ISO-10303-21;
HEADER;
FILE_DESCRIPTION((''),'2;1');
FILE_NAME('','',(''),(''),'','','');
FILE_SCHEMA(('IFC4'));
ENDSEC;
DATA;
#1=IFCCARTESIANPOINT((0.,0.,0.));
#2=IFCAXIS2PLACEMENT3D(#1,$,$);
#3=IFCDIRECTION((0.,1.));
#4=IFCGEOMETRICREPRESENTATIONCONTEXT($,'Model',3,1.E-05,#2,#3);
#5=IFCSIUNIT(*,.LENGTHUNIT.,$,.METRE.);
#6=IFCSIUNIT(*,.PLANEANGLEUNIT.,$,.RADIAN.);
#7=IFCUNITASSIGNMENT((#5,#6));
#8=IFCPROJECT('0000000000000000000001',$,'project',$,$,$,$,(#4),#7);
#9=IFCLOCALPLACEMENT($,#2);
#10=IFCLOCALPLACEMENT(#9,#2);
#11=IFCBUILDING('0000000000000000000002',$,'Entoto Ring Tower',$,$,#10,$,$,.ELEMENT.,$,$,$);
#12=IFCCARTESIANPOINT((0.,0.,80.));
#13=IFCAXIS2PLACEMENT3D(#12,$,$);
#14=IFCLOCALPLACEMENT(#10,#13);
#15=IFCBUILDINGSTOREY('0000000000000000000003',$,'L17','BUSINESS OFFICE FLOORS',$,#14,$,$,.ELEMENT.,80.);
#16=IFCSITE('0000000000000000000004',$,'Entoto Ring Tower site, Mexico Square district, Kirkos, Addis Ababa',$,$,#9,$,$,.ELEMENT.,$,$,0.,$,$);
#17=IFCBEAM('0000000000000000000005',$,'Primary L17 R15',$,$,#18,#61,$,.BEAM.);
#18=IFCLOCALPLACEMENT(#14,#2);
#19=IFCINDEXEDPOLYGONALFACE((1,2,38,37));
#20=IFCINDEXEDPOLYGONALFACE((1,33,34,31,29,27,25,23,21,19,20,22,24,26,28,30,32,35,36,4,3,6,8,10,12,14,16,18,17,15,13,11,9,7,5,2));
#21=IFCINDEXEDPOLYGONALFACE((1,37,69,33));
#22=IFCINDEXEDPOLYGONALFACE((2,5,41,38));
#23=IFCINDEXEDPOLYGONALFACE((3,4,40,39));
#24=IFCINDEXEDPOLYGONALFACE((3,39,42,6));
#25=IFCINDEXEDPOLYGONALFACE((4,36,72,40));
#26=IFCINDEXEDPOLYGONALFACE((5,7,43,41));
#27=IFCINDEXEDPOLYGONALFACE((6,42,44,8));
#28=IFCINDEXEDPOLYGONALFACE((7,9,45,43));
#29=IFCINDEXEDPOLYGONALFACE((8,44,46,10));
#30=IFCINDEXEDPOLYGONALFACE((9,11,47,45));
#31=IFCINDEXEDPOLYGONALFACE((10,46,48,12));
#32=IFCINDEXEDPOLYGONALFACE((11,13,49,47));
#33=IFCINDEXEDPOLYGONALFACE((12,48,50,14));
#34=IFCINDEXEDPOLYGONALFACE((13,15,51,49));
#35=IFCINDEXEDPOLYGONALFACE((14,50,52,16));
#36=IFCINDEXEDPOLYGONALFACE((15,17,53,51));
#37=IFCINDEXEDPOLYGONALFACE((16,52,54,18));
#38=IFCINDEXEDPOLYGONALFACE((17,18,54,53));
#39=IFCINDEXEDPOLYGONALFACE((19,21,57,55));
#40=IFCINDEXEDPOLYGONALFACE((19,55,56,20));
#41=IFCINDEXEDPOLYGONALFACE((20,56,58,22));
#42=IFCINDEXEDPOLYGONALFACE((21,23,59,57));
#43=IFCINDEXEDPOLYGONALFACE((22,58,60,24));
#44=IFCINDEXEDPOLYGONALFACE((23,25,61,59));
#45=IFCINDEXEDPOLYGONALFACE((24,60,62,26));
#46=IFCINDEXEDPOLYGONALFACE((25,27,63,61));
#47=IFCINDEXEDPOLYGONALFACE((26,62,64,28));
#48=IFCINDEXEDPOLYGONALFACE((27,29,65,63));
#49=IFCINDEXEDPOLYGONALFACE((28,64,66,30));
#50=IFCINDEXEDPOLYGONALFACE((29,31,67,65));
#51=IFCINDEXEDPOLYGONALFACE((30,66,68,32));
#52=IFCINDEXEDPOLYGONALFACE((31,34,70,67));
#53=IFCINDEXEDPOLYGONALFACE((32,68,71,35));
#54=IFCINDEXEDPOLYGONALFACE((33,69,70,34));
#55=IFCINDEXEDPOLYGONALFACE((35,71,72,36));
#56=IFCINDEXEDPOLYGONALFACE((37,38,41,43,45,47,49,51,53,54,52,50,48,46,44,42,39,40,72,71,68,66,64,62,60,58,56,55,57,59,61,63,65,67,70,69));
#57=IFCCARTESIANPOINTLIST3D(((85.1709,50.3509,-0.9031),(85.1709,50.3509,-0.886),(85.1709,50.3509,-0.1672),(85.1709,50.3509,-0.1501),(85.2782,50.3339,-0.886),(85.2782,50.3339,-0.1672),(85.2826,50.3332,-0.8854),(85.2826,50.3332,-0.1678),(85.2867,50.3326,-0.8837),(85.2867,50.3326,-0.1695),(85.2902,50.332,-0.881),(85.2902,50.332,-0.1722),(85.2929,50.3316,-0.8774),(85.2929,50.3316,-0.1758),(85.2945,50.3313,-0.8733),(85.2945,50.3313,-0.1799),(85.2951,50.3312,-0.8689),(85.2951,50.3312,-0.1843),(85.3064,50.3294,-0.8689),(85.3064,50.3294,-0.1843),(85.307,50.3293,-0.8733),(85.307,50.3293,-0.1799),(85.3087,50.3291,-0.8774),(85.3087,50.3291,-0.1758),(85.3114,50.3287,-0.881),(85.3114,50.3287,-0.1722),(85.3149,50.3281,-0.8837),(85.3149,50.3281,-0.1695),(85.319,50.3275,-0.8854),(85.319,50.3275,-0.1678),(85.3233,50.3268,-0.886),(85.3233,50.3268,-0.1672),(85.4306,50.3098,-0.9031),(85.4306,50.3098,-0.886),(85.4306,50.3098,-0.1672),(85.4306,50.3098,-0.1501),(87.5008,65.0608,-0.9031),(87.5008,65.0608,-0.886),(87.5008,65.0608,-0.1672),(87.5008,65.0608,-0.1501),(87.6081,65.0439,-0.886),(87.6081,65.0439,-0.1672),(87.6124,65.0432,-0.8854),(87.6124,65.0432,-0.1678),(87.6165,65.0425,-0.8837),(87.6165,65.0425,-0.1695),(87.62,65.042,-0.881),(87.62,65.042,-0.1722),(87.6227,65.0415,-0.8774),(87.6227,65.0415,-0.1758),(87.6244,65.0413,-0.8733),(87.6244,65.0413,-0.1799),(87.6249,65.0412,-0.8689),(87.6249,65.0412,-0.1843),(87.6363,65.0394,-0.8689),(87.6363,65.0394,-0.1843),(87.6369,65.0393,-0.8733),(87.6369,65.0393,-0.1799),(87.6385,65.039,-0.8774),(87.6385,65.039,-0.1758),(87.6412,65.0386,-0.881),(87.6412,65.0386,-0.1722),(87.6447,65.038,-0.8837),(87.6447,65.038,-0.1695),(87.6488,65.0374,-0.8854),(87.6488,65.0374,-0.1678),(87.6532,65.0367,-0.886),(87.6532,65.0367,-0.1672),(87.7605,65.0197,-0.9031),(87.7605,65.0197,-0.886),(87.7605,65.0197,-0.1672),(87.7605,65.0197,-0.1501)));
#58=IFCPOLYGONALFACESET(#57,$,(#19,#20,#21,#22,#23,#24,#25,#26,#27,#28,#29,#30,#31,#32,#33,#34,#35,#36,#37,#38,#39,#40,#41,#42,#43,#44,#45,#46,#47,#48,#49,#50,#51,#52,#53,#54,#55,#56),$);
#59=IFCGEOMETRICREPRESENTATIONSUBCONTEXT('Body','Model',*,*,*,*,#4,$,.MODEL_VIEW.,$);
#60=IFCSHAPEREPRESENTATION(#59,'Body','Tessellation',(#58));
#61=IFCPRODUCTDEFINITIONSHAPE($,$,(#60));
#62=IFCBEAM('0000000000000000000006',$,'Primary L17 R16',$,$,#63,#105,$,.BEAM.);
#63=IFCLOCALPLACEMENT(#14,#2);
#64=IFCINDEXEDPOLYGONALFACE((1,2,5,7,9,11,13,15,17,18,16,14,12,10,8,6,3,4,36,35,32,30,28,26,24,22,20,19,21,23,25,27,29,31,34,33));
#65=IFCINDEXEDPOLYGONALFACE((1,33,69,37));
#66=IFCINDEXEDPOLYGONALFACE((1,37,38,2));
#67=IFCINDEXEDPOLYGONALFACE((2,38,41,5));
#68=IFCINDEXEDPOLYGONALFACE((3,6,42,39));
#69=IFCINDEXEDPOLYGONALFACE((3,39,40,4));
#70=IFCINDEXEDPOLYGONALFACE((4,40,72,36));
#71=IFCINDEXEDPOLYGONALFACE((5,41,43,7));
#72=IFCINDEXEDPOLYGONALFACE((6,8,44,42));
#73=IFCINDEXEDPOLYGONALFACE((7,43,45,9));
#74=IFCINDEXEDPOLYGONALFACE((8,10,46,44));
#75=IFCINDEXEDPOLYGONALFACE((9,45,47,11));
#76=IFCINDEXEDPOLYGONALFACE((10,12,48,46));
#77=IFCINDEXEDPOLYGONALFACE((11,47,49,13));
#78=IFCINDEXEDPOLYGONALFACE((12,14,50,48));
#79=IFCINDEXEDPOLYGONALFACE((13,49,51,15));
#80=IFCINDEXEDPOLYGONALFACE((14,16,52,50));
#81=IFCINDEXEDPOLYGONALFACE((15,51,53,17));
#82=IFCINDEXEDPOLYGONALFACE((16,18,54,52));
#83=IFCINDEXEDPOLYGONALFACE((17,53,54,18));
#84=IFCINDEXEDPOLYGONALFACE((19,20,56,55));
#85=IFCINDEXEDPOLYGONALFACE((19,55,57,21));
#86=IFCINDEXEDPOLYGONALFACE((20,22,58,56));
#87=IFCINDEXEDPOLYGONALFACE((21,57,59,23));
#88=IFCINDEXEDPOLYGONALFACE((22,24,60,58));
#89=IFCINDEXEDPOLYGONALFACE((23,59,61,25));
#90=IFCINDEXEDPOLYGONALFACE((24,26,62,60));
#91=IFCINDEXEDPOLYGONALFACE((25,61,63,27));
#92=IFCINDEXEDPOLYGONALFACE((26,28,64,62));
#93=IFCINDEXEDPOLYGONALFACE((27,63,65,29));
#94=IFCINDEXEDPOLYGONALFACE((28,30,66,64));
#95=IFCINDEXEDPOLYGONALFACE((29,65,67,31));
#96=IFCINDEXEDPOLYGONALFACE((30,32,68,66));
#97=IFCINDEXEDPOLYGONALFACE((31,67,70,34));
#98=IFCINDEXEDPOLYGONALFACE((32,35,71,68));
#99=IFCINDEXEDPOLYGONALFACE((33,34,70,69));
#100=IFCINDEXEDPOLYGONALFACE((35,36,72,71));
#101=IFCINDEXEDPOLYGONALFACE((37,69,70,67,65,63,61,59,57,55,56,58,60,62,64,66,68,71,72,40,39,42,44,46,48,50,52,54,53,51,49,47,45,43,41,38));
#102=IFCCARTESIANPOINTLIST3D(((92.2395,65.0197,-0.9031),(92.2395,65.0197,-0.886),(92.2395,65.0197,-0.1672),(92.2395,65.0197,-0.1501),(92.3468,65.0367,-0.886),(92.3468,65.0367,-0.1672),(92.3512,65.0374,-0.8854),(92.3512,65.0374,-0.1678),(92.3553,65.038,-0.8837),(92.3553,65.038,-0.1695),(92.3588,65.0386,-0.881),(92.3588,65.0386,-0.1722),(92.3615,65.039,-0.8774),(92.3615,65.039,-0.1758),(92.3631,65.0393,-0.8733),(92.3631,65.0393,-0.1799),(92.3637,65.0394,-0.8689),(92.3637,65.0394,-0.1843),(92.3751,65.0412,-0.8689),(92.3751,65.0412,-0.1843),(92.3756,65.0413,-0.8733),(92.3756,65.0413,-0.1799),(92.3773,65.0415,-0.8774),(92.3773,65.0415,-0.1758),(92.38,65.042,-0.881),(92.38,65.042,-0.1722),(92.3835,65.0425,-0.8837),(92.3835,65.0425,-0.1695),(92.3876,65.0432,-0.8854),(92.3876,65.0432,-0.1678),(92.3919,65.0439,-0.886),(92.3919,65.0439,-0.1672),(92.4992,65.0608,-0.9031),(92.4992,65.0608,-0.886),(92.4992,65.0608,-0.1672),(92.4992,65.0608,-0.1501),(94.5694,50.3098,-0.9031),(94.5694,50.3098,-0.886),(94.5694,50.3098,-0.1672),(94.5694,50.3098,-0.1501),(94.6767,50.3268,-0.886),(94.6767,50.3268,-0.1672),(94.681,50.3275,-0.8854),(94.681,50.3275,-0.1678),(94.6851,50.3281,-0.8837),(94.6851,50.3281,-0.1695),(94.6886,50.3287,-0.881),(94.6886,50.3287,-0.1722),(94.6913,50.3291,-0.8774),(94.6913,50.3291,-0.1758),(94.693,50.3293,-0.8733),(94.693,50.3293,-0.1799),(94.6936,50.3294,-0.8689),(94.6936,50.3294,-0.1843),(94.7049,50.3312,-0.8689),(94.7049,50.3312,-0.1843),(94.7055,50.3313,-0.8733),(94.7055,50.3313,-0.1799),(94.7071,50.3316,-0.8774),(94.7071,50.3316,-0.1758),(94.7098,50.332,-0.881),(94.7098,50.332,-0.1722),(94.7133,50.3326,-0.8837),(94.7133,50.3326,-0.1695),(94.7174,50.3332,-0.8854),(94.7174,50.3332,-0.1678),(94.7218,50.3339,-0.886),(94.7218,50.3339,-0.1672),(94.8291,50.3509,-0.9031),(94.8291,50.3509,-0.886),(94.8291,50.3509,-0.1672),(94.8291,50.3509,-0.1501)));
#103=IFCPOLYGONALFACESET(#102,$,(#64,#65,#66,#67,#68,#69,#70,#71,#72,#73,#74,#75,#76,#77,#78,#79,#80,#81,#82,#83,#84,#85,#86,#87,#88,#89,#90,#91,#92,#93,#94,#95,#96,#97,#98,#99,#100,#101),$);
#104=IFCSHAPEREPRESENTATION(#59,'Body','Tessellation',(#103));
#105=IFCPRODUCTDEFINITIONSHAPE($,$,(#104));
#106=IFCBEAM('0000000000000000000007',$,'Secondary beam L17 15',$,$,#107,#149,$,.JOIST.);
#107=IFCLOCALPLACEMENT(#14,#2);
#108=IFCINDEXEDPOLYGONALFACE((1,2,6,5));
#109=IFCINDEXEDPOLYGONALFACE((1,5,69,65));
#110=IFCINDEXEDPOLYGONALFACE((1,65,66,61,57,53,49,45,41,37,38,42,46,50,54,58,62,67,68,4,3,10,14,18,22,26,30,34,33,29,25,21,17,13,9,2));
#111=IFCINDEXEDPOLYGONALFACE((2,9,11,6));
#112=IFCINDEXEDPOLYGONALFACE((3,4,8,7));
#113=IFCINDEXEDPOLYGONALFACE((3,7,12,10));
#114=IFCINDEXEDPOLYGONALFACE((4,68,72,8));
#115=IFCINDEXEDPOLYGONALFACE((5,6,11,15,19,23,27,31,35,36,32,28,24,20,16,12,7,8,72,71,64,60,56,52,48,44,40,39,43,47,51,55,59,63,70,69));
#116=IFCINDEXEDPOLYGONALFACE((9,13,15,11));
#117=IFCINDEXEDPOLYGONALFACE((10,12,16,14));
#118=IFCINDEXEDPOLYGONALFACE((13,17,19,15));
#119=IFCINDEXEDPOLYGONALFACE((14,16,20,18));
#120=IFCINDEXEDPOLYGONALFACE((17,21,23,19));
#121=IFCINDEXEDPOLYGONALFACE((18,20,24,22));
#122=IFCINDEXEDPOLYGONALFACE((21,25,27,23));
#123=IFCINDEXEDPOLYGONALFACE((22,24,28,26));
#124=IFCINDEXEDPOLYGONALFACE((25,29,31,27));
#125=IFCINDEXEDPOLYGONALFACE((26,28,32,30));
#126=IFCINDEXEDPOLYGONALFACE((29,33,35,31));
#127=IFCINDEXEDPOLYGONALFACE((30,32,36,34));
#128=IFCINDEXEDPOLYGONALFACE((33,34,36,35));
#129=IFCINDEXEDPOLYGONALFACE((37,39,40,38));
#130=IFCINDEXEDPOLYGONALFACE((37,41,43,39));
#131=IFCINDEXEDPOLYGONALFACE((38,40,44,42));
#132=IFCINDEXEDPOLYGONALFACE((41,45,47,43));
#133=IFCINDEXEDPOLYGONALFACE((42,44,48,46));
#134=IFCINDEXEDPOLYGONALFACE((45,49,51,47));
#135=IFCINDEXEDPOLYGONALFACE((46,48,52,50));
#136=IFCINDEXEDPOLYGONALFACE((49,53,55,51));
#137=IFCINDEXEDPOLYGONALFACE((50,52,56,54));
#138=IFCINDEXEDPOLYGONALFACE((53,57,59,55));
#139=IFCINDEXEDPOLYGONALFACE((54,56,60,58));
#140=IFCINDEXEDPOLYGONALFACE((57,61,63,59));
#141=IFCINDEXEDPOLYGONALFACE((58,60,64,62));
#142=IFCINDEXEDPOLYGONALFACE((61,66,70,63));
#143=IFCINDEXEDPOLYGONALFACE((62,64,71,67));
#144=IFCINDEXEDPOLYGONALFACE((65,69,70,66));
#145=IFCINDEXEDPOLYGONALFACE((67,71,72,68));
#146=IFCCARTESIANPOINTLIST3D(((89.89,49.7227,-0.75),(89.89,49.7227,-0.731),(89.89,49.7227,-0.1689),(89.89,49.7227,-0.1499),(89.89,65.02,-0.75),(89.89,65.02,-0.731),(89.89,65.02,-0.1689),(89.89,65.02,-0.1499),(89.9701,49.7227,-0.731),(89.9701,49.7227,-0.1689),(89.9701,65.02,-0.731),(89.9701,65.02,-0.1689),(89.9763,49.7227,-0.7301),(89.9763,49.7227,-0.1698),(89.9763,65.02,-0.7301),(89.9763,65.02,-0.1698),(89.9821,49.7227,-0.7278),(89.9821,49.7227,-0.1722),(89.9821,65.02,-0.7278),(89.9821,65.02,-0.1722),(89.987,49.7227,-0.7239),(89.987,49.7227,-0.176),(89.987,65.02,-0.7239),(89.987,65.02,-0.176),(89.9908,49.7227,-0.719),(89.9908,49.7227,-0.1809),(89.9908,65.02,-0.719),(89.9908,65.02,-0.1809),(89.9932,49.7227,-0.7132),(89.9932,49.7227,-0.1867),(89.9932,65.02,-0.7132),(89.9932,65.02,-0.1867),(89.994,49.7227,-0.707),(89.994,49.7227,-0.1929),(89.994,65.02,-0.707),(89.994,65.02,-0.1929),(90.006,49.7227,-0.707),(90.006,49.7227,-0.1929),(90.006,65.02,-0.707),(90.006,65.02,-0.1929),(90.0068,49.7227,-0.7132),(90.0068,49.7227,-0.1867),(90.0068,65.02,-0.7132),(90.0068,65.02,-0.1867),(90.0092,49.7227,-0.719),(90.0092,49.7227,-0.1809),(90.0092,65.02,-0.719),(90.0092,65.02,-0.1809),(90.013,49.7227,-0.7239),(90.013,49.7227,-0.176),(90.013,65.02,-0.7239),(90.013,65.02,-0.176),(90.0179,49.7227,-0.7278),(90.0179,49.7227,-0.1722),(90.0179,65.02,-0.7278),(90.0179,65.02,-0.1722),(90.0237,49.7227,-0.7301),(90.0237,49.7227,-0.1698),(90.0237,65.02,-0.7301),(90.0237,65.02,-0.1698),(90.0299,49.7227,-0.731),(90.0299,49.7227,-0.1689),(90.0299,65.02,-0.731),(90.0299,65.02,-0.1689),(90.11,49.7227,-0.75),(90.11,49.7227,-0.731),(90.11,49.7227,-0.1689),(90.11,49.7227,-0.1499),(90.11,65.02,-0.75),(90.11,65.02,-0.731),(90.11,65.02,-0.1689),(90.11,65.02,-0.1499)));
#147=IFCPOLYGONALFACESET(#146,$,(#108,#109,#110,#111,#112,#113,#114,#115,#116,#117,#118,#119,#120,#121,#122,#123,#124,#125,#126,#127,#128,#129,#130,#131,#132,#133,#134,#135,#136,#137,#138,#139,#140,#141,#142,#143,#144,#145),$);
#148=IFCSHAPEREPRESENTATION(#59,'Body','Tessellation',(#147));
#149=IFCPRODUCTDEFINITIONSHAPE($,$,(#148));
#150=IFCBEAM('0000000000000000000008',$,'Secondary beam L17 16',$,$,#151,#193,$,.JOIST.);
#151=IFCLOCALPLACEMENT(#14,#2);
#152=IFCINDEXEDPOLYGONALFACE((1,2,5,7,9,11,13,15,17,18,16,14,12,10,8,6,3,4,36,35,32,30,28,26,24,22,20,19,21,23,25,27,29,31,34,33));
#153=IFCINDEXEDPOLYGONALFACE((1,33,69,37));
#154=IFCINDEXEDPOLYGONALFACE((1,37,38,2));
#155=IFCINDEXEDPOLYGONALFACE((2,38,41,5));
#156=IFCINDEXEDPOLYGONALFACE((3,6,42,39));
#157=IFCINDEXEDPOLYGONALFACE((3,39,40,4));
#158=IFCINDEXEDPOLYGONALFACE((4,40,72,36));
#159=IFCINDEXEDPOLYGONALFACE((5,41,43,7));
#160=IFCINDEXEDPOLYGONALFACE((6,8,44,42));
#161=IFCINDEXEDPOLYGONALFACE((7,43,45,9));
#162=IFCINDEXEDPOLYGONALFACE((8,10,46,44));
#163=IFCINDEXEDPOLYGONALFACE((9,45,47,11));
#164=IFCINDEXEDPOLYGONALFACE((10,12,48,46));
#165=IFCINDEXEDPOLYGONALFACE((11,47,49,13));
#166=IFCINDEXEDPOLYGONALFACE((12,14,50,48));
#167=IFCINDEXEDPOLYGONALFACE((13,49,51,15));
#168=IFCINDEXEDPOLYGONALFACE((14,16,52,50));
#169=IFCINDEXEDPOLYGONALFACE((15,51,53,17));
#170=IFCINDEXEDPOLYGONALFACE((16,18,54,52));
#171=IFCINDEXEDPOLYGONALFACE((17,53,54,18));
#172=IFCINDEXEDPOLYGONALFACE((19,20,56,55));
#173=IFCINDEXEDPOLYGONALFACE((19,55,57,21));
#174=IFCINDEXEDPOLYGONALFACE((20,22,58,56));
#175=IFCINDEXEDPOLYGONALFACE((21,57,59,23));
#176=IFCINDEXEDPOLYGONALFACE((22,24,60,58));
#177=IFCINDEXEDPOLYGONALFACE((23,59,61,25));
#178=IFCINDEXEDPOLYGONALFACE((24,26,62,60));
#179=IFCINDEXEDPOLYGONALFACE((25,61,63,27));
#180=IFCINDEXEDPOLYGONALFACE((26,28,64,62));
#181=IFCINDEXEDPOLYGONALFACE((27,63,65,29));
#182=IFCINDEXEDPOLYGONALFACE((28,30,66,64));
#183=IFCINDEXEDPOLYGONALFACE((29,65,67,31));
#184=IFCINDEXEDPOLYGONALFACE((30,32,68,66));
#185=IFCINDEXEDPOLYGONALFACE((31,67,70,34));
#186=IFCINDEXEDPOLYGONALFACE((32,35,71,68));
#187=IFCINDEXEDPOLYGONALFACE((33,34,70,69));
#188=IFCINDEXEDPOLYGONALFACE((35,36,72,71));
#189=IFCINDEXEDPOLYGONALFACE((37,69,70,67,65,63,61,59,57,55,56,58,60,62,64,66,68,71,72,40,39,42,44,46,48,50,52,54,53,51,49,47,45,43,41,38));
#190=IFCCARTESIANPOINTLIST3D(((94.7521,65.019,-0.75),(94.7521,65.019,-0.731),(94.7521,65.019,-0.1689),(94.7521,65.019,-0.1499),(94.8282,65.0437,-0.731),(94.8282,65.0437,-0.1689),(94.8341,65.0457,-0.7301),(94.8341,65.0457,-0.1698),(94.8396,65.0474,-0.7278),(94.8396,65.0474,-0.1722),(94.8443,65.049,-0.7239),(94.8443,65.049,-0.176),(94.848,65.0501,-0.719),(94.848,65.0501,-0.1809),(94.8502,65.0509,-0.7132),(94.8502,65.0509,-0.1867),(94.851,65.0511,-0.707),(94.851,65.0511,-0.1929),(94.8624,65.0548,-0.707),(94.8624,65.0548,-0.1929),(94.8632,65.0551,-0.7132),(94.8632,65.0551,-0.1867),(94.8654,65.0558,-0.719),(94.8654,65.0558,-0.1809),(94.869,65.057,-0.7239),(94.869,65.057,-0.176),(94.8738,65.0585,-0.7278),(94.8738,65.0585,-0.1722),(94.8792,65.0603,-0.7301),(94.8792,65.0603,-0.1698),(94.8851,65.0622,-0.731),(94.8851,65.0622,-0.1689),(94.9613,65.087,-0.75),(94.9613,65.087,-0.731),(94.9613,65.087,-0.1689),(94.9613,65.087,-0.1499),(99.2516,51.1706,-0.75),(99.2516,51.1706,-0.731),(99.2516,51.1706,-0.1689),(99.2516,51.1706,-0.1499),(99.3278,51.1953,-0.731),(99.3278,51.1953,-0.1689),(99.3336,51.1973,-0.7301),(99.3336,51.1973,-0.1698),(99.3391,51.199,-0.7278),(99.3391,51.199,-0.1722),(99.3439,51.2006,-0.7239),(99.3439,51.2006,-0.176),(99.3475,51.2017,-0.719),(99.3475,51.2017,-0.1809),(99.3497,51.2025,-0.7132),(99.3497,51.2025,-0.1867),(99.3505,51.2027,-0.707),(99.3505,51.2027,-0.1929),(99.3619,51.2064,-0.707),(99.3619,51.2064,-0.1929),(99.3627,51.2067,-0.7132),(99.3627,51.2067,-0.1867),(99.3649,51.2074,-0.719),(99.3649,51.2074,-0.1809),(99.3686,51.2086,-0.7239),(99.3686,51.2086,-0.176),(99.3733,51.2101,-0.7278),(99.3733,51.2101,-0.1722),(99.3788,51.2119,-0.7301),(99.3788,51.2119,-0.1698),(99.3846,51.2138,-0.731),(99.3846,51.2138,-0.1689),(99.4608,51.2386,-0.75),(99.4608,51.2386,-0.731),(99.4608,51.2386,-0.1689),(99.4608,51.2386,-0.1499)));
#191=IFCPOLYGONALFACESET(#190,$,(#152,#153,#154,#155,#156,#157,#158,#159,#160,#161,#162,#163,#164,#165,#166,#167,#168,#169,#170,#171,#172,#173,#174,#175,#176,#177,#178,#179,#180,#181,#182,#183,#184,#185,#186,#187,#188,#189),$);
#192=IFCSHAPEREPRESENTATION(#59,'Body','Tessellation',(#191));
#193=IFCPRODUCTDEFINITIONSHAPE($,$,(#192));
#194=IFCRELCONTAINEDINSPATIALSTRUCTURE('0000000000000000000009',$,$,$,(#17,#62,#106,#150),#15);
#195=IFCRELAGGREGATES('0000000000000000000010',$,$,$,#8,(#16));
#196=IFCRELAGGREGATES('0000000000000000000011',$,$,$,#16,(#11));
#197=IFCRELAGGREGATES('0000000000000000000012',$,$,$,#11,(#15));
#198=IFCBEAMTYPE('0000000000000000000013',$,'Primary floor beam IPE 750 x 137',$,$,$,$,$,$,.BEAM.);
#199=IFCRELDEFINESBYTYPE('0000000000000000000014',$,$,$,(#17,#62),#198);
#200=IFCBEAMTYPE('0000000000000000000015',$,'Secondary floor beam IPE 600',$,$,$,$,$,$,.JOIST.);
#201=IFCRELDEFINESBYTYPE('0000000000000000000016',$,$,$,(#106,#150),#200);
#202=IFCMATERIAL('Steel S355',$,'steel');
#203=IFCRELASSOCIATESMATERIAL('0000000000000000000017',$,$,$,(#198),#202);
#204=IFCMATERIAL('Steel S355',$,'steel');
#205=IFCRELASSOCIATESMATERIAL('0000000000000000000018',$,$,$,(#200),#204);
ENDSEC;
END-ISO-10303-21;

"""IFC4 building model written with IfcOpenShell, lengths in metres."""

from ifc_helpers import new_model, si_unit, direction, frame, origin, origin_2d, place, context, subcontext, project, spatial, i_section, extrude, material, material_profile, profile_set, type_object, element, save


model = new_model("IFC4")

# Units and contexts
model_context = context("Model", 3, precision=1e-05, world=origin(), true_north=direction((0.0, 1.0)))
body_context = subcontext(model_context, "Body", "Model", "MODEL_VIEW")
ifc_project = project(units=[si_unit("LENGTHUNIT", "METRE"), si_unit("PLANEANGLEUNIT", "RADIAN")], contexts=[model_context])

# Site, building, storey
site_placement = place(None, origin())
site = spatial("IfcSite", under=ifc_project, at=site_placement, Name="Entoto Ring Tower site, Mexico Square district, Kirkos, Addis Ababa", CompositionType="ELEMENT", RefElevation=0.0)
building_placement = place(site_placement, origin())
building = spatial("IfcBuilding", under=site, at=building_placement, Name="Entoto Ring Tower", CompositionType="ELEMENT")
storey_placement = place(building_placement, frame((0.0, 0.0, 80.0)))
storey = spatial("IfcBuildingStorey", under=building, at=storey_placement, Name="L17", Description="BUSINESS OFFICE FLOORS", CompositionType="ELEMENT", Elevation=80.0)

# Beams
ifc_material_1 = material(Name="Steel S355", Category="steel")
ifc_material_profile_1 = material_profile(ifc_material_1, i_section(OverallWidth=0.2629, OverallDepth=0.7529, WebThickness=0.0115, FlangeThickness=0.0171, FilletRadius=0.0171, at=origin_2d()), Name="IPE 750 x 137")
ifc_profile_set_1 = profile_set([ifc_material_profile_1], Name="Steel S355")
beam_type_1 = type_object("IfcBeamType", Name="Primary floor beam IPE 750 x 137", PredefinedType="BEAM", material=ifc_profile_set_1)
for number, where, z_axis, x_axis, name in (
    (1, (87.6306, 65.0403, -0.5266), (-0.156435, -0.987688, 0.0), (0.987688, -0.156435, 0.0), "Primary L17 R15"),
    (2, (92.3694, 65.0403, -0.5266), (0.156435, -0.987688, 0.0), (0.987688, 0.156435, 0.0), "Primary L17 R16"),
):
    element("IfcBeam", number, at=place(storey_placement, frame(where, z_axis=z_axis, x_axis=x_axis)), inside=storey, type_object=beam_type_1, Name=name, PredefinedType="BEAM", context=body_context, shape_type="SweptSolid", body=[
        extrude(i_section(OverallWidth=0.2629, OverallDepth=0.7529, WebThickness=0.0115, FlangeThickness=0.0171, FilletRadius=0.0171, at=origin_2d()), origin(), (0.0, 0.0, 1.0), 14.8933),
    ])
ifc_material_2 = material(Name="Steel S355", Category="steel")
ifc_material_profile_2 = material_profile(ifc_material_2, i_section(OverallWidth=0.22, OverallDepth=0.6001, WebThickness=0.012, FlangeThickness=0.019, FilletRadius=0.0239, at=origin_2d()), Name="IPE 600")
ifc_profile_set_2 = profile_set([ifc_material_profile_2], Name="Steel S355")
beam_type_2 = type_object("IfcBeamType", Name="Secondary floor beam IPE 600", PredefinedType="JOIST", material=ifc_profile_set_2)
beam_1_placement = place(storey_placement, frame((90.0, 65.02, -0.45), z_axis=(0.0, -1.0, 0.0), x_axis=(1.0, 0.0, 0.0)))
element("IfcBeam", 3, at=beam_1_placement, inside=storey, type_object=beam_type_2, Name="Secondary beam L17 15", PredefinedType="JOIST", context=body_context, shape_type="SweptSolid", body=[
    extrude(i_section(OverallWidth=0.22, OverallDepth=0.6001, WebThickness=0.012, FlangeThickness=0.019, FilletRadius=0.0239, at=origin_2d()), origin(), (0.0, 0.0, 1.0), 15.2974),
])
beam_2_placement = place(storey_placement, frame((94.8567, 65.053, -0.45), z_axis=(0.309011, -0.951059, 0.0), x_axis=(0.951059, 0.309011, 0.0)))
element("IfcBeam", 4, at=beam_2_placement, inside=storey, type_object=beam_type_2, Name="Secondary beam L17 16", PredefinedType="JOIST", context=body_context, shape_type="SweptSolid", body=[
    extrude(i_section(OverallWidth=0.22, OverallDepth=0.6001, WebThickness=0.012, FlangeThickness=0.019, FilletRadius=0.0239, at=origin_2d()), origin(), (0.0, 0.0, 1.0), 14.561),
])

save(model, "model.ifc")
